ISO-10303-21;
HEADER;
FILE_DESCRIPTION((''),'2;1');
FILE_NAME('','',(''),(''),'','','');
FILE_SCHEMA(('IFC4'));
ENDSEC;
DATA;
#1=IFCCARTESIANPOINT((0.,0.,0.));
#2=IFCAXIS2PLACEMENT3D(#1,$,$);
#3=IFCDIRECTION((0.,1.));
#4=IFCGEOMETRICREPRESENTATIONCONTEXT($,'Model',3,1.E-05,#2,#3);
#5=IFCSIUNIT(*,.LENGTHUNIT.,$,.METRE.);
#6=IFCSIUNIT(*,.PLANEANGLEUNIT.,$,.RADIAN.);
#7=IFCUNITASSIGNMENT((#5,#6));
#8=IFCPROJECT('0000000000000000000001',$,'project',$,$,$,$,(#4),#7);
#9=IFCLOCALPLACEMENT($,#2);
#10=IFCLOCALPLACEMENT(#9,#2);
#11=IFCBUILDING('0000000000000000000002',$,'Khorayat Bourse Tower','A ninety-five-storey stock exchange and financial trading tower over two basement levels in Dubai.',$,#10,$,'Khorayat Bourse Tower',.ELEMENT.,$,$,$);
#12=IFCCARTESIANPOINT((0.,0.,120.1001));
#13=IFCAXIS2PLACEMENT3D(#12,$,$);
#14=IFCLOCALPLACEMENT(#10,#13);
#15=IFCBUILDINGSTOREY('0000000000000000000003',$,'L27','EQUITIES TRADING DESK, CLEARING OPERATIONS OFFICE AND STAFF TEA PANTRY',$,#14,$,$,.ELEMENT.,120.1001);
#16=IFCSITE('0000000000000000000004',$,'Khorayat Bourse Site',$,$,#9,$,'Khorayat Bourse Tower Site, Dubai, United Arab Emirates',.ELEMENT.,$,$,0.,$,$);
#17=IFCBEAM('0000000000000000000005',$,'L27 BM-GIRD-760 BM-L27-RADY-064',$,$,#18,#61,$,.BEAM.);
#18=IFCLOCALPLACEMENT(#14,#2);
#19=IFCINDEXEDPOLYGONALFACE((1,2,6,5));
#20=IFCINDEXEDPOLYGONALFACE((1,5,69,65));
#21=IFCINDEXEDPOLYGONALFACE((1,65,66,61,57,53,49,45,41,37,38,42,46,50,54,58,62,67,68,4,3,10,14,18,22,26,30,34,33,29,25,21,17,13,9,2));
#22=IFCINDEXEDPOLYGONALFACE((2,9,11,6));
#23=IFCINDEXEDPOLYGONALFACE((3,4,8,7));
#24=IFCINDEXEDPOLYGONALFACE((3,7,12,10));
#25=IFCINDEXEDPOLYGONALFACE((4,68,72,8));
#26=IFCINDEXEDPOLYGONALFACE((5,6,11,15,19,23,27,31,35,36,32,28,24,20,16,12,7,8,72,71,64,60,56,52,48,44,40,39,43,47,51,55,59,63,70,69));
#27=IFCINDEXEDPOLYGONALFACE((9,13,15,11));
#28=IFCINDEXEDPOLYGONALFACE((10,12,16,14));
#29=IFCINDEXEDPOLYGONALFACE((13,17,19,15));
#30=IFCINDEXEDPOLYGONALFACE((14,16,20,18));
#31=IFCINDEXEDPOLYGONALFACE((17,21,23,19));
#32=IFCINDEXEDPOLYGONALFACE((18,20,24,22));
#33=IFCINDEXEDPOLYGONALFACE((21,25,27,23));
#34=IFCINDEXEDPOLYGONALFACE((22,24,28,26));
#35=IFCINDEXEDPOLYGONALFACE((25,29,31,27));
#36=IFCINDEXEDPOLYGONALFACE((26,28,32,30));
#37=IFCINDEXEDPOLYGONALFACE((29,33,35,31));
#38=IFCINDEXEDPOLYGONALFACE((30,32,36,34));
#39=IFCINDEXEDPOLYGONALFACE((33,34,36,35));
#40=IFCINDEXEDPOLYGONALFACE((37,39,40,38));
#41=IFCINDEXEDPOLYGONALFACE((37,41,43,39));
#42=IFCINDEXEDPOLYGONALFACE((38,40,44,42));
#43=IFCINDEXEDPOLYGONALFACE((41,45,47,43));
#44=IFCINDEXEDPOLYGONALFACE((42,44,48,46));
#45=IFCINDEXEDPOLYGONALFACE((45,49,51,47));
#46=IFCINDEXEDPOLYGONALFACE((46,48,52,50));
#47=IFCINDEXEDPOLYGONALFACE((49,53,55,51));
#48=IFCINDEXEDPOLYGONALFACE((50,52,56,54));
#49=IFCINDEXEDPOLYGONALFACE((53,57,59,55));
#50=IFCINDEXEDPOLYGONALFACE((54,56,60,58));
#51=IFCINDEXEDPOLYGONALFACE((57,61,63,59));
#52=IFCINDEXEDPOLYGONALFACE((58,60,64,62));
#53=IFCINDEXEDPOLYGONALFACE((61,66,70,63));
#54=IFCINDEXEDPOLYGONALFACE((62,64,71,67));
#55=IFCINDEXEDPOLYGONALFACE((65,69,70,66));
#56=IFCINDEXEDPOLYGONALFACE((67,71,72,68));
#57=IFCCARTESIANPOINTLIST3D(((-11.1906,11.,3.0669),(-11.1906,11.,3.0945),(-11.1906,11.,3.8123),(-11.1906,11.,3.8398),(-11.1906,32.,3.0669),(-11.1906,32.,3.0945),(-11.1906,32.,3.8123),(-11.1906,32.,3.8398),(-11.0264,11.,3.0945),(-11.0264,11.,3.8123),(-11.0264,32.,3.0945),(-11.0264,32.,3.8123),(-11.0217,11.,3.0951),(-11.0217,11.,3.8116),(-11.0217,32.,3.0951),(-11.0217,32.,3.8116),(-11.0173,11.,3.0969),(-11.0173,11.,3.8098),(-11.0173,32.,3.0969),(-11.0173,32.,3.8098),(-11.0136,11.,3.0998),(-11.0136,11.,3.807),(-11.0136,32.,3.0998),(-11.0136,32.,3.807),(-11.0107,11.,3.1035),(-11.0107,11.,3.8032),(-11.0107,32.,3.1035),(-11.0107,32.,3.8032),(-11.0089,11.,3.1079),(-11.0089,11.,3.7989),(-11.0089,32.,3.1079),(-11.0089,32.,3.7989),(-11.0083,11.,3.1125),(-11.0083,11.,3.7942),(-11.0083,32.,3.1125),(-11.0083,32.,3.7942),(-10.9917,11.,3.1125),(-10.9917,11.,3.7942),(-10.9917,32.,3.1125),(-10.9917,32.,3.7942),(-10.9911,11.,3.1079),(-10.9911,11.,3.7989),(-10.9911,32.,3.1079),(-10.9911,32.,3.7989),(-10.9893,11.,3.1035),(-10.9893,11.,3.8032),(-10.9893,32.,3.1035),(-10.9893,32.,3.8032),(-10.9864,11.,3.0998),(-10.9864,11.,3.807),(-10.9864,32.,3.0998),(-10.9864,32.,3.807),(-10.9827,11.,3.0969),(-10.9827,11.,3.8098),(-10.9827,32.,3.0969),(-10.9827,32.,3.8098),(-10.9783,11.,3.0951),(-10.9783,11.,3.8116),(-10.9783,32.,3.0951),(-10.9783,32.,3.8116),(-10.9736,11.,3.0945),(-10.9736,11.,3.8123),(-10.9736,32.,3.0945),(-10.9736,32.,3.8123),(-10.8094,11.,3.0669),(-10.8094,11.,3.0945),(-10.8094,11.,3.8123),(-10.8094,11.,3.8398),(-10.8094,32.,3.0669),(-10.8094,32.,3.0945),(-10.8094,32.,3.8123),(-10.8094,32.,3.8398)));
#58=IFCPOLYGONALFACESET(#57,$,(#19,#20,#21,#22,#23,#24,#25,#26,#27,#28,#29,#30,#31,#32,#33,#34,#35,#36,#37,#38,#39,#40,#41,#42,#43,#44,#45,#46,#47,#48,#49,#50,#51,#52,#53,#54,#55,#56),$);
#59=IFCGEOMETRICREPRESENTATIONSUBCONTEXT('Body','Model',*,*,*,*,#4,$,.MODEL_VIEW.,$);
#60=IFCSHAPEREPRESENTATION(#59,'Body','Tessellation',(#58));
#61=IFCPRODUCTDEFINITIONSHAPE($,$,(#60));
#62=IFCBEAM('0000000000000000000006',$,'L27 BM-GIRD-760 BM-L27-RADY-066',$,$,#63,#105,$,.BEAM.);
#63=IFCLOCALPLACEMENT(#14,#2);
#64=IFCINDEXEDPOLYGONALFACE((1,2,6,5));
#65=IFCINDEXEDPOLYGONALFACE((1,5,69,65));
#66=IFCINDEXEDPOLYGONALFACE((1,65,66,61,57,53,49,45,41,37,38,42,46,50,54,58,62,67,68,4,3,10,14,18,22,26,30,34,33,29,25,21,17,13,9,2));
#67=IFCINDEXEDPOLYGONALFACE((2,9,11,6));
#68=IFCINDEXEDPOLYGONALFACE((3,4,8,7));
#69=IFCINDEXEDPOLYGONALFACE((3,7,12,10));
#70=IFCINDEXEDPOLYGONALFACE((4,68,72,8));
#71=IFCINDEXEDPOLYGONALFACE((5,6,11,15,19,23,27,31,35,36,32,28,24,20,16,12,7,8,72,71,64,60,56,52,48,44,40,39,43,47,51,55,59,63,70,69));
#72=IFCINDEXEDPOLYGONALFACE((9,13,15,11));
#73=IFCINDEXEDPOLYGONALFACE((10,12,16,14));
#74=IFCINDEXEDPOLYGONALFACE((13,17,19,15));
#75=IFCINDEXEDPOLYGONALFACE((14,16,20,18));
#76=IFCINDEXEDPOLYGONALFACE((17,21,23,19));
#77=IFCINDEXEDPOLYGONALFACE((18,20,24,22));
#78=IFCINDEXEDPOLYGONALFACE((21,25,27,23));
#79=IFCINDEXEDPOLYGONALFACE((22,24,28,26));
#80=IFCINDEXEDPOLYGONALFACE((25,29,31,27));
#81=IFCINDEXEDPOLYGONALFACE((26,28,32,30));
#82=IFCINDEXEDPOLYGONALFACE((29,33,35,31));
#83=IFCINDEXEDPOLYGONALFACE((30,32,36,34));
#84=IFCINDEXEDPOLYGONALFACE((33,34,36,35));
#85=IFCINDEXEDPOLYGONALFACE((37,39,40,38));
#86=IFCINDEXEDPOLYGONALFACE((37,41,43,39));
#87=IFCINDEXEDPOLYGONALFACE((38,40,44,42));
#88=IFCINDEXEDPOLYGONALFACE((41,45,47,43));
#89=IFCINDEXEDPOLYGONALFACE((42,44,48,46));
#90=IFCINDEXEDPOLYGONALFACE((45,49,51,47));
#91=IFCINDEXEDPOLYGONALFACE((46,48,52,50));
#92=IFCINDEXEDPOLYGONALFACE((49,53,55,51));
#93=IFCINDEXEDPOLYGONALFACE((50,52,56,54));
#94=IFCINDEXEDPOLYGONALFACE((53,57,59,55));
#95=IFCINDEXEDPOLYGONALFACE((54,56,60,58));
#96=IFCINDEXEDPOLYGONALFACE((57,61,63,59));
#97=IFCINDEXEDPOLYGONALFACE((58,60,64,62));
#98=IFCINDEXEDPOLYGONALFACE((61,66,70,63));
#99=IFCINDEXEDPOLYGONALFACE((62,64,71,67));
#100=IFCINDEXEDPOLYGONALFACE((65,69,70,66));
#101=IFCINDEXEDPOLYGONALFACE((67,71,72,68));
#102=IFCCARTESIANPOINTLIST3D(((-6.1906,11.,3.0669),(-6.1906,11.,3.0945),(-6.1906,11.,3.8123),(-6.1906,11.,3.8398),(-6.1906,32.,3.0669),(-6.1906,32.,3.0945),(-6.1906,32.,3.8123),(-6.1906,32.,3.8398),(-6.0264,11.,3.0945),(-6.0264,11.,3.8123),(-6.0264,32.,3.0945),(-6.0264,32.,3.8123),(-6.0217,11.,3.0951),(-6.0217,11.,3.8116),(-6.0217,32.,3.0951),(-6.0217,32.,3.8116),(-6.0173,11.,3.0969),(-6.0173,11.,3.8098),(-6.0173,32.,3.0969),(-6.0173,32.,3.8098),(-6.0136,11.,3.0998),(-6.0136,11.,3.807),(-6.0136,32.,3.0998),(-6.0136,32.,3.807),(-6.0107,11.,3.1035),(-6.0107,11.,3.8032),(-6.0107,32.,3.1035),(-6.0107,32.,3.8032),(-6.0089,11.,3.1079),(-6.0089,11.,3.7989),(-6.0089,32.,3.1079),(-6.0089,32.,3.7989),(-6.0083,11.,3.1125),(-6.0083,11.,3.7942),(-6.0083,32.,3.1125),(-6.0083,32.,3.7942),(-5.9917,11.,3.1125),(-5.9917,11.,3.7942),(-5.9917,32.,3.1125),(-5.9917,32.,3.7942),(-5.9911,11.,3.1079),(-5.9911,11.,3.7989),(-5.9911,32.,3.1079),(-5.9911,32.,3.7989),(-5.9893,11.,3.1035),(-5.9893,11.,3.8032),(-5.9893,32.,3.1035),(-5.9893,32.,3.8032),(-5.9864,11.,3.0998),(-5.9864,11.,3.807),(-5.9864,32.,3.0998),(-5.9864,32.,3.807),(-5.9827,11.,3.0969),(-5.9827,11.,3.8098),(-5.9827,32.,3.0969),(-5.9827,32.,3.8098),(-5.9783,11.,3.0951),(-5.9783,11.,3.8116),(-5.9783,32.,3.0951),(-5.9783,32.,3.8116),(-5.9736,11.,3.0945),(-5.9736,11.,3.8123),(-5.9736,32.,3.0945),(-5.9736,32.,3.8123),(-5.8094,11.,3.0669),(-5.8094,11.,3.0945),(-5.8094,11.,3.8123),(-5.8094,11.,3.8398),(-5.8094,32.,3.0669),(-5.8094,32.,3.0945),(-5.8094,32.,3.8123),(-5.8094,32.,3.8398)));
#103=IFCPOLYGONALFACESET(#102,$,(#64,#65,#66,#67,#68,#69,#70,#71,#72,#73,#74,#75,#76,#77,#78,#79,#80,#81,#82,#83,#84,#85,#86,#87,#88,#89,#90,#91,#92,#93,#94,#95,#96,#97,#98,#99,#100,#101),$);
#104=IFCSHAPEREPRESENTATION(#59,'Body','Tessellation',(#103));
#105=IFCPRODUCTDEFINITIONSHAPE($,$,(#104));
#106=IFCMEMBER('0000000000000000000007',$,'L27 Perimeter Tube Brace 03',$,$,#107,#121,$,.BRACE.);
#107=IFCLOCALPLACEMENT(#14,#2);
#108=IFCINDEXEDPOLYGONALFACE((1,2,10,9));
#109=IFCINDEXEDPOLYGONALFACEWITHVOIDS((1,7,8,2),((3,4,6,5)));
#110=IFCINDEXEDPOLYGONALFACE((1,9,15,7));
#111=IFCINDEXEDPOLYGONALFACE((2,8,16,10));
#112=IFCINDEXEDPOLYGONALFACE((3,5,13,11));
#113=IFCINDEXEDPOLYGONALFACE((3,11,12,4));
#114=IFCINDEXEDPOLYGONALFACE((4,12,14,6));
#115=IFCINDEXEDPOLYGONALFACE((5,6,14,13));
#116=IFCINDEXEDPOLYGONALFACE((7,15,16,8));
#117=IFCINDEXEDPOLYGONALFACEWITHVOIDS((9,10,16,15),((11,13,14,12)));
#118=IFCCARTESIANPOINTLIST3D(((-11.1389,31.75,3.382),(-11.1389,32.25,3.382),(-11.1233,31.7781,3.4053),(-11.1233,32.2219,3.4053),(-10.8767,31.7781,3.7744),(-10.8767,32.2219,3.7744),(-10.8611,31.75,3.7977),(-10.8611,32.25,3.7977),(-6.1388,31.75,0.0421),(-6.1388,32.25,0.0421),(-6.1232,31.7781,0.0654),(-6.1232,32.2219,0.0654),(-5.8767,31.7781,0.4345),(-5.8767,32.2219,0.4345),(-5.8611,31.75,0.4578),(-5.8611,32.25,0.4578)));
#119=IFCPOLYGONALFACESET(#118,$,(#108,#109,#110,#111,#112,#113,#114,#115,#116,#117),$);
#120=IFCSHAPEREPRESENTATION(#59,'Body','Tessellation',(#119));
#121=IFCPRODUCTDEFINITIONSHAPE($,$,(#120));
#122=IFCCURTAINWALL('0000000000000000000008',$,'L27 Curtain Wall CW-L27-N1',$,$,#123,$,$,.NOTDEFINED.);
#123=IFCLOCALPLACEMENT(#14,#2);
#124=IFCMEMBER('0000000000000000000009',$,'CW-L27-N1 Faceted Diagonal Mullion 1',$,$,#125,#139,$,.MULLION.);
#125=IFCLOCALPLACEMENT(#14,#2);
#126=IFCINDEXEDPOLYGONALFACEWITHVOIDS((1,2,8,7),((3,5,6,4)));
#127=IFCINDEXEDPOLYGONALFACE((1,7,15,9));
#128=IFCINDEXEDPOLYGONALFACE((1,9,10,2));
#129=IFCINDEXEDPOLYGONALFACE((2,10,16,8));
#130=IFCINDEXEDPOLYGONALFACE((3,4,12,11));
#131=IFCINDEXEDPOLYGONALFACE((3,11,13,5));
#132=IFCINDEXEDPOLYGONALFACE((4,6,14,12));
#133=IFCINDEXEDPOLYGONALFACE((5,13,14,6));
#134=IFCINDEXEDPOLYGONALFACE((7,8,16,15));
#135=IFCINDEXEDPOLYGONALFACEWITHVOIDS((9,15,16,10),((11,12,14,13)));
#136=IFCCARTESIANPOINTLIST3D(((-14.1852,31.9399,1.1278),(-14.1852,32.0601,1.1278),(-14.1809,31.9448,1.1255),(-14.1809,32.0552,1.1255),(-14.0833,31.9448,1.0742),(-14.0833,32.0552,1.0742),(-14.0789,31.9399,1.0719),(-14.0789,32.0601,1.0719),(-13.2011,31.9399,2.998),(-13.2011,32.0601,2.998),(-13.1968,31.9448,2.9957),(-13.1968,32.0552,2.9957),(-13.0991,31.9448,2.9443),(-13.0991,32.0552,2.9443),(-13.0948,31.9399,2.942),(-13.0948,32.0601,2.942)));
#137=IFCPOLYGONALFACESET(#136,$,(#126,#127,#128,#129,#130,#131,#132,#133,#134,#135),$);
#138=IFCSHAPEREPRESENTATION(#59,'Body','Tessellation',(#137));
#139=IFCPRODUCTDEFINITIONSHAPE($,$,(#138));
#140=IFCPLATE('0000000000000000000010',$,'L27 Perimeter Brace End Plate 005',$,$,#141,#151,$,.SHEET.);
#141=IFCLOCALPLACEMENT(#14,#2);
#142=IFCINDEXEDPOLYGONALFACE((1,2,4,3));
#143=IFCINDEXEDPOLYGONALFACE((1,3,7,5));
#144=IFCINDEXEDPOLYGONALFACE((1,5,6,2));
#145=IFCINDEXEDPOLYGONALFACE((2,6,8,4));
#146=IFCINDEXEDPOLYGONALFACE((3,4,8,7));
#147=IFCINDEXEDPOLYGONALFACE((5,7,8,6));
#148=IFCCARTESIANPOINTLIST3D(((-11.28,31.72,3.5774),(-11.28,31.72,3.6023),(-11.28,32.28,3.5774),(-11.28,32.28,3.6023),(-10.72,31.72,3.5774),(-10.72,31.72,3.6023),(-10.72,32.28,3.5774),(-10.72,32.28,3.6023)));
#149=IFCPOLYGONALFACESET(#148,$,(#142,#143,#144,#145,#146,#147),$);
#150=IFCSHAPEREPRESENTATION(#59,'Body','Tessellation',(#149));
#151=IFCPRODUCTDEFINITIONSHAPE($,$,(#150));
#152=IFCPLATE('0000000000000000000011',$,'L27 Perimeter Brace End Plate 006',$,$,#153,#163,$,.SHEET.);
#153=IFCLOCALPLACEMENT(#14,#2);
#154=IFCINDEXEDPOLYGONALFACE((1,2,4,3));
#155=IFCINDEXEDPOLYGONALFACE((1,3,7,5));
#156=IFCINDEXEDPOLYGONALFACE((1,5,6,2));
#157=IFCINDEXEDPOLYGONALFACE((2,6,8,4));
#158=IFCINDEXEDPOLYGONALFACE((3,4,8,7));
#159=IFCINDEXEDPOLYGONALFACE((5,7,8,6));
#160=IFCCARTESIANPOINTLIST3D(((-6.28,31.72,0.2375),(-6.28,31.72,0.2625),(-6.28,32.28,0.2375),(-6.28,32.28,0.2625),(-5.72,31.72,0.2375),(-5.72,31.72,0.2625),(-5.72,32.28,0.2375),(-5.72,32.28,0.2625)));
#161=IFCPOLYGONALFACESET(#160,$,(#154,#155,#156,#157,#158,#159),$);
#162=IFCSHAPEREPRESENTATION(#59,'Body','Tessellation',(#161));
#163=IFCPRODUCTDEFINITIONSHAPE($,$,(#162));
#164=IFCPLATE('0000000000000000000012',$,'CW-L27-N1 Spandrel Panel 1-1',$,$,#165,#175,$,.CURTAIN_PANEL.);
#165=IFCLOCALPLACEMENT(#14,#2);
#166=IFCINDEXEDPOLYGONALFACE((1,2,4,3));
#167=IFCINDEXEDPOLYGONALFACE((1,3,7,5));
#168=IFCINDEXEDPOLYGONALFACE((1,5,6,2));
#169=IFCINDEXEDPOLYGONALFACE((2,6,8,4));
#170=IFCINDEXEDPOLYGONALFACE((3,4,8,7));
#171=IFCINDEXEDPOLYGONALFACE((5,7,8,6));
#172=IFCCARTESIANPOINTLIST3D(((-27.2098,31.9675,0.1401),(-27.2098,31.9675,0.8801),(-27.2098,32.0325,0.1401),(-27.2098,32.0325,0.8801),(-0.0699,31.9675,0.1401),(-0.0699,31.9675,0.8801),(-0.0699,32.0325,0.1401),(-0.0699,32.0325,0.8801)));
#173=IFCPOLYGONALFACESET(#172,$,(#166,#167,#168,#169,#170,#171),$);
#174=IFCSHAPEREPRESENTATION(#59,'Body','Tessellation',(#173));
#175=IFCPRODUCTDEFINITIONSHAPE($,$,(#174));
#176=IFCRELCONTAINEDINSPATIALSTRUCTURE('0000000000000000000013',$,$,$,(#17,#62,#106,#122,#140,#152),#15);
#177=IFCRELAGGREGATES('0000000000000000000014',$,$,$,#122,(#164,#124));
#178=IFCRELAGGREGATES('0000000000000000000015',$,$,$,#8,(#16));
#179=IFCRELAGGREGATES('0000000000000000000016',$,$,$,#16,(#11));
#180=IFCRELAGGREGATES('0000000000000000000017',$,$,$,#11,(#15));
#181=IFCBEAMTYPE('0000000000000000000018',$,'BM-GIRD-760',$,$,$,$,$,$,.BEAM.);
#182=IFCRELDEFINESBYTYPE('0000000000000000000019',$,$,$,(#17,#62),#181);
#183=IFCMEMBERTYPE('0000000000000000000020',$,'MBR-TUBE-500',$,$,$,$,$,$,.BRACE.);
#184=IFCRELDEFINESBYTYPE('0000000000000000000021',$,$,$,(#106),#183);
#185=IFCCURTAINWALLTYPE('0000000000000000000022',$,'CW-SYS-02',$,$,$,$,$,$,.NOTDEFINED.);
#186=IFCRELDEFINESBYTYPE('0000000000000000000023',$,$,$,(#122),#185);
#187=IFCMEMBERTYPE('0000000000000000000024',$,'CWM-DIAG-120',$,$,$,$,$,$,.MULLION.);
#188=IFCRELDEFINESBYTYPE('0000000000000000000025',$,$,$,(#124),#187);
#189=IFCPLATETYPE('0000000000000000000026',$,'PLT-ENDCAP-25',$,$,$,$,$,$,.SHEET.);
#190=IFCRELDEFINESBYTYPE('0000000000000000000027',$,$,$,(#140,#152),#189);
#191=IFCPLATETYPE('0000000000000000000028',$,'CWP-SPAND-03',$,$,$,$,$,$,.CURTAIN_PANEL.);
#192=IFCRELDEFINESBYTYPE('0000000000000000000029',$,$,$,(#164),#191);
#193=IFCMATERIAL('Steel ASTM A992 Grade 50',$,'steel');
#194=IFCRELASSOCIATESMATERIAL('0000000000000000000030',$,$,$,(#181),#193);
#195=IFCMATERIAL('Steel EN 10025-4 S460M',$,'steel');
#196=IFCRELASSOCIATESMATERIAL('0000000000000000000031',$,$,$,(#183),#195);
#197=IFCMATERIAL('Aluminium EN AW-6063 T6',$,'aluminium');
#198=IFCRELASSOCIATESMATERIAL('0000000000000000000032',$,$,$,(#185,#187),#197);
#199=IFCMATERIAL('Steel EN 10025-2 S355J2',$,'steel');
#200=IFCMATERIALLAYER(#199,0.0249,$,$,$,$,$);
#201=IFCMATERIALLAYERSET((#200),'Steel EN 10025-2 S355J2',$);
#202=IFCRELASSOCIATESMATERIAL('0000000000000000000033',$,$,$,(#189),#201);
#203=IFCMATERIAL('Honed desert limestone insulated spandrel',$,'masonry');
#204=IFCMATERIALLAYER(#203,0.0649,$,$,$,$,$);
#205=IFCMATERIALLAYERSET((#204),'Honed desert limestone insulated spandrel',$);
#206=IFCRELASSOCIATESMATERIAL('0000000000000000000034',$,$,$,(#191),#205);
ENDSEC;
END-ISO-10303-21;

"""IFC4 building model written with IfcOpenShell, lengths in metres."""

from ifc_helpers import new_model, si_unit, direction, frame, origin, origin_2d, place, context, subcontext, project, spatial, rectangle, hollow_rectangle, i_section, extrude, source, transform, mapped, material, layer, layer_set, material_profile, profile_set, type_object, element, aggregate, save


model = new_model("IFC4")

# Units and contexts
model_context = context("Model", 3, precision=1e-05, world=origin(), true_north=direction((0.0, 1.0)))
body_context = subcontext(model_context, "Body", "Model", "MODEL_VIEW")
ifc_project = project(units=[si_unit("LENGTHUNIT", "METRE"), si_unit("PLANEANGLEUNIT", "RADIAN")], contexts=[model_context])

# Site, building, storey
site_placement = place(None, origin())
site = spatial("IfcSite", under=ifc_project, at=site_placement, Name="Khorayat Bourse Site", LongName="Khorayat Bourse Tower Site, Dubai, United Arab Emirates", CompositionType="ELEMENT", RefElevation=0.0)
building_placement = place(site_placement, origin())
building = spatial("IfcBuilding", under=site, at=building_placement, Name="Khorayat Bourse Tower", Description="A ninety-five-storey stock exchange and financial trading tower over two basement levels in Dubai.", LongName="Khorayat Bourse Tower", CompositionType="ELEMENT")
storey_placement = place(building_placement, frame((0.0, 0.0, 120.1001)))
storey = spatial("IfcBuildingStorey", under=building, at=storey_placement, Name="L27", Description="EQUITIES TRADING DESK, CLEARING OPERATIONS OFFICE AND STAFF TEA PANTRY", CompositionType="ELEMENT", Elevation=120.1001)

# Shared definitions
ifc_material_1 = material(Name="Steel EN 10025-4 S460M", Category="steel")

# Beams
ifc_material_2 = material(Name="Steel ASTM A992 Grade 50", Category="steel")
ifc_material_profile_1 = material_profile(ifc_material_2, i_section(OverallWidth=0.3811, OverallDepth=0.7729, WebThickness=0.0166, FlangeThickness=0.0276, FilletRadius=0.0181, at=origin_2d()), Name="W760X257")
ifc_profile_set_1 = profile_set([ifc_material_profile_1], Name="Steel ASTM A992 Grade 50")
beam_type_1 = type_object("IfcBeamType", Name="BM-GIRD-760", PredefinedType="BEAM", material=ifc_profile_set_1)
shared_shape_1 = source(origin(), body_context, "Body", "SweptSolid", [
    extrude(i_section(OverallWidth=0.3811, OverallDepth=0.7729, WebThickness=0.0166, FlangeThickness=0.0276, FilletRadius=0.0181, at=origin_2d()), origin(), (0.0, 0.0, 1.0), 21.0),
])
for number, where, z_axis, x_axis, name in (
    (1, (-11.0, 11.0, 3.4534), (0.0, 1.0, 0.0), (-1.0, 0.0, 0.0), "L27 BM-GIRD-760 BM-L27-RADY-064"),
    (2, (-6.0, 11.0, 3.4534), (0.0, 1.0, 0.0), (-1.0, 0.0, 0.0), "L27 BM-GIRD-760 BM-L27-RADY-066"),
):
    element("IfcBeam", number, at=place(storey_placement, frame(where, z_axis=z_axis, x_axis=x_axis)), inside=storey, type_object=beam_type_1, Name=name, PredefinedType="BEAM", context=body_context, shape_type="MappedRepresentation", body=[
        mapped(shared_shape_1, transform((0.0, 0.0, 0.0), scale=1.0)),
    ])

# Member
ifc_material_profile_2 = material_profile(ifc_material_1, hollow_rectangle(XDim=0.5, YDim=0.5, WallThickness=0.0281, at=origin_2d()), Name="HSS 500x500x28")
ifc_profile_set_2 = profile_set([ifc_material_profile_2], Name="Steel EN 10025-4 S460M")
member_type_1 = type_object("IfcMemberType", Name="MBR-TUBE-500", PredefinedType="BRACE", material=ifc_profile_set_2)
shared_shape_2 = source(origin(), body_context, "Body", "SweptSolid", [
    extrude(hollow_rectangle(XDim=0.5, YDim=0.5, WallThickness=0.0281, at=origin_2d()), origin(), (0.0, 0.0, 1.0), 6.0129),
])
member_1_placement = place(storey_placement, frame((-11.0, 32.0, 3.5898), z_axis=(0.83155, 0.0, -0.55545), x_axis=(0.0, 1.0, 0.0)))
element("IfcMember", 3, at=member_1_placement, inside=storey, type_object=member_type_1, Name="L27 Perimeter Tube Brace 03", PredefinedType="BRACE", context=body_context, shape_type="MappedRepresentation", body=[
    mapped(shared_shape_2, transform((0.0, 0.0, 0.0), scale=1.0)),
])

# Curtain wall, member
ifc_material_3 = material(Name="Aluminium EN AW-6063 T6", Category="aluminium")
curtain_wall_type = type_object("IfcCurtainWallType", Name="CW-SYS-02", PredefinedType="NOTDEFINED", material=ifc_material_3)
curtain_wall_placement = place(storey_placement, origin())
curtain_wall = element("IfcCurtainWall", 4, at=curtain_wall_placement, inside=storey, type_object=curtain_wall_type, Name="L27 Curtain Wall CW-L27-N1", PredefinedType="NOTDEFINED")
ifc_material_profile_3 = material_profile(ifc_material_3, hollow_rectangle(XDim=0.1201, YDim=0.1201, WallThickness=0.0049, at=origin_2d()), Name="ALU 120x120x5")
ifc_profile_set_3 = profile_set([ifc_material_profile_3], Name="Aluminium EN AW-6063 T6")
member_type_2 = type_object("IfcMemberType", Name="CWM-DIAG-120", PredefinedType="MULLION", material=ifc_profile_set_3)
shared_shape_3 = source(origin(), body_context, "Body", "SweptSolid", [
    extrude(hollow_rectangle(XDim=0.1201, YDim=0.1201, WallThickness=0.0049, at=origin_2d()), origin(), (0.0, 0.0, 1.0), 2.1133),
])
member_2_placement = place(storey_placement, frame((-14.1321, 32.0, 1.0999), z_axis=(0.465694, 0.0, 0.884946), x_axis=(0.0, 1.0, 0.0)))
member_2 = element("IfcMember", 5, at=member_2_placement, type_object=member_type_2, Name="CW-L27-N1 Faceted Diagonal Mullion 1", PredefinedType="MULLION", context=body_context, shape_type="MappedRepresentation", body=[
    mapped(shared_shape_3, transform((0.0, 0.0, 0.0), scale=1.0)),
])

# Plates
ifc_material_4 = material(Name="Steel EN 10025-2 S355J2", Category="steel")
ifc_layer_1 = layer(ifc_material_4, 0.0249)
ifc_layer_set_1 = layer_set([ifc_layer_1], Name="Steel EN 10025-2 S355J2")
plate_type_1 = type_object("IfcPlateType", Name="PLT-ENDCAP-25", PredefinedType="SHEET", material=ifc_layer_set_1)
shared_shape_4 = source(origin(), body_context, "Body", "SweptSolid", [
    extrude(rectangle(XDim=0.5601, YDim=0.5601, at=origin_2d()), origin(), (0.0, 0.0, 1.0), 0.0249),
])
for number, where, z_axis, x_axis, name in (
    (6, (-11.0, 32.0, 3.5774), (0.0, 0.0, 1.0), (1.0, 0.0, 0.0), "L27 Perimeter Brace End Plate 005"),
    (7, (-6.0, 32.0, 0.2375), (0.0, 0.0, 1.0), (1.0, 0.0, 0.0), "L27 Perimeter Brace End Plate 006"),
):
    element("IfcPlate", number, at=place(storey_placement, frame(where, z_axis=z_axis, x_axis=x_axis)), inside=storey, type_object=plate_type_1, Name=name, PredefinedType="SHEET", context=body_context, shape_type="MappedRepresentation", body=[
        mapped(shared_shape_4, transform((0.0, 0.0, 0.0), scale=1.0)),
    ])

# Plate
ifc_material_5 = material(Name="Honed desert limestone insulated spandrel", Category="masonry")
ifc_layer_2 = layer(ifc_material_5, 0.0649)
ifc_layer_set_2 = layer_set([ifc_layer_2], Name="Honed desert limestone insulated spandrel")
plate_type_2 = type_object("IfcPlateType", Name="CWP-SPAND-03", PredefinedType="CURTAIN_PANEL", material=ifc_layer_set_2)
shared_shape_5 = source(origin(), body_context, "Body", "SweptSolid", [
    extrude(rectangle(XDim=27.1399, YDim=0.0649, at=origin_2d()), origin(), (0.0, 0.0, 1.0), 0.74),
])
plate_1_placement = place(storey_placement, frame((-13.6399, 32.0, 0.1401), z_axis=(0.0, 0.0, 1.0), x_axis=(1.0, 0.0, 0.0)))
plate_1 = element("IfcPlate", 8, at=plate_1_placement, type_object=plate_type_2, Name="CW-L27-N1 Spandrel Panel 1-1", PredefinedType="CURTAIN_PANEL", context=body_context, shape_type="MappedRepresentation", body=[
    mapped(shared_shape_5, transform((0.0, 0.0, 0.0), scale=1.0)),
])
aggregate(curtain_wall, [plate_1, member_2])

save(model, "model.ifc")
